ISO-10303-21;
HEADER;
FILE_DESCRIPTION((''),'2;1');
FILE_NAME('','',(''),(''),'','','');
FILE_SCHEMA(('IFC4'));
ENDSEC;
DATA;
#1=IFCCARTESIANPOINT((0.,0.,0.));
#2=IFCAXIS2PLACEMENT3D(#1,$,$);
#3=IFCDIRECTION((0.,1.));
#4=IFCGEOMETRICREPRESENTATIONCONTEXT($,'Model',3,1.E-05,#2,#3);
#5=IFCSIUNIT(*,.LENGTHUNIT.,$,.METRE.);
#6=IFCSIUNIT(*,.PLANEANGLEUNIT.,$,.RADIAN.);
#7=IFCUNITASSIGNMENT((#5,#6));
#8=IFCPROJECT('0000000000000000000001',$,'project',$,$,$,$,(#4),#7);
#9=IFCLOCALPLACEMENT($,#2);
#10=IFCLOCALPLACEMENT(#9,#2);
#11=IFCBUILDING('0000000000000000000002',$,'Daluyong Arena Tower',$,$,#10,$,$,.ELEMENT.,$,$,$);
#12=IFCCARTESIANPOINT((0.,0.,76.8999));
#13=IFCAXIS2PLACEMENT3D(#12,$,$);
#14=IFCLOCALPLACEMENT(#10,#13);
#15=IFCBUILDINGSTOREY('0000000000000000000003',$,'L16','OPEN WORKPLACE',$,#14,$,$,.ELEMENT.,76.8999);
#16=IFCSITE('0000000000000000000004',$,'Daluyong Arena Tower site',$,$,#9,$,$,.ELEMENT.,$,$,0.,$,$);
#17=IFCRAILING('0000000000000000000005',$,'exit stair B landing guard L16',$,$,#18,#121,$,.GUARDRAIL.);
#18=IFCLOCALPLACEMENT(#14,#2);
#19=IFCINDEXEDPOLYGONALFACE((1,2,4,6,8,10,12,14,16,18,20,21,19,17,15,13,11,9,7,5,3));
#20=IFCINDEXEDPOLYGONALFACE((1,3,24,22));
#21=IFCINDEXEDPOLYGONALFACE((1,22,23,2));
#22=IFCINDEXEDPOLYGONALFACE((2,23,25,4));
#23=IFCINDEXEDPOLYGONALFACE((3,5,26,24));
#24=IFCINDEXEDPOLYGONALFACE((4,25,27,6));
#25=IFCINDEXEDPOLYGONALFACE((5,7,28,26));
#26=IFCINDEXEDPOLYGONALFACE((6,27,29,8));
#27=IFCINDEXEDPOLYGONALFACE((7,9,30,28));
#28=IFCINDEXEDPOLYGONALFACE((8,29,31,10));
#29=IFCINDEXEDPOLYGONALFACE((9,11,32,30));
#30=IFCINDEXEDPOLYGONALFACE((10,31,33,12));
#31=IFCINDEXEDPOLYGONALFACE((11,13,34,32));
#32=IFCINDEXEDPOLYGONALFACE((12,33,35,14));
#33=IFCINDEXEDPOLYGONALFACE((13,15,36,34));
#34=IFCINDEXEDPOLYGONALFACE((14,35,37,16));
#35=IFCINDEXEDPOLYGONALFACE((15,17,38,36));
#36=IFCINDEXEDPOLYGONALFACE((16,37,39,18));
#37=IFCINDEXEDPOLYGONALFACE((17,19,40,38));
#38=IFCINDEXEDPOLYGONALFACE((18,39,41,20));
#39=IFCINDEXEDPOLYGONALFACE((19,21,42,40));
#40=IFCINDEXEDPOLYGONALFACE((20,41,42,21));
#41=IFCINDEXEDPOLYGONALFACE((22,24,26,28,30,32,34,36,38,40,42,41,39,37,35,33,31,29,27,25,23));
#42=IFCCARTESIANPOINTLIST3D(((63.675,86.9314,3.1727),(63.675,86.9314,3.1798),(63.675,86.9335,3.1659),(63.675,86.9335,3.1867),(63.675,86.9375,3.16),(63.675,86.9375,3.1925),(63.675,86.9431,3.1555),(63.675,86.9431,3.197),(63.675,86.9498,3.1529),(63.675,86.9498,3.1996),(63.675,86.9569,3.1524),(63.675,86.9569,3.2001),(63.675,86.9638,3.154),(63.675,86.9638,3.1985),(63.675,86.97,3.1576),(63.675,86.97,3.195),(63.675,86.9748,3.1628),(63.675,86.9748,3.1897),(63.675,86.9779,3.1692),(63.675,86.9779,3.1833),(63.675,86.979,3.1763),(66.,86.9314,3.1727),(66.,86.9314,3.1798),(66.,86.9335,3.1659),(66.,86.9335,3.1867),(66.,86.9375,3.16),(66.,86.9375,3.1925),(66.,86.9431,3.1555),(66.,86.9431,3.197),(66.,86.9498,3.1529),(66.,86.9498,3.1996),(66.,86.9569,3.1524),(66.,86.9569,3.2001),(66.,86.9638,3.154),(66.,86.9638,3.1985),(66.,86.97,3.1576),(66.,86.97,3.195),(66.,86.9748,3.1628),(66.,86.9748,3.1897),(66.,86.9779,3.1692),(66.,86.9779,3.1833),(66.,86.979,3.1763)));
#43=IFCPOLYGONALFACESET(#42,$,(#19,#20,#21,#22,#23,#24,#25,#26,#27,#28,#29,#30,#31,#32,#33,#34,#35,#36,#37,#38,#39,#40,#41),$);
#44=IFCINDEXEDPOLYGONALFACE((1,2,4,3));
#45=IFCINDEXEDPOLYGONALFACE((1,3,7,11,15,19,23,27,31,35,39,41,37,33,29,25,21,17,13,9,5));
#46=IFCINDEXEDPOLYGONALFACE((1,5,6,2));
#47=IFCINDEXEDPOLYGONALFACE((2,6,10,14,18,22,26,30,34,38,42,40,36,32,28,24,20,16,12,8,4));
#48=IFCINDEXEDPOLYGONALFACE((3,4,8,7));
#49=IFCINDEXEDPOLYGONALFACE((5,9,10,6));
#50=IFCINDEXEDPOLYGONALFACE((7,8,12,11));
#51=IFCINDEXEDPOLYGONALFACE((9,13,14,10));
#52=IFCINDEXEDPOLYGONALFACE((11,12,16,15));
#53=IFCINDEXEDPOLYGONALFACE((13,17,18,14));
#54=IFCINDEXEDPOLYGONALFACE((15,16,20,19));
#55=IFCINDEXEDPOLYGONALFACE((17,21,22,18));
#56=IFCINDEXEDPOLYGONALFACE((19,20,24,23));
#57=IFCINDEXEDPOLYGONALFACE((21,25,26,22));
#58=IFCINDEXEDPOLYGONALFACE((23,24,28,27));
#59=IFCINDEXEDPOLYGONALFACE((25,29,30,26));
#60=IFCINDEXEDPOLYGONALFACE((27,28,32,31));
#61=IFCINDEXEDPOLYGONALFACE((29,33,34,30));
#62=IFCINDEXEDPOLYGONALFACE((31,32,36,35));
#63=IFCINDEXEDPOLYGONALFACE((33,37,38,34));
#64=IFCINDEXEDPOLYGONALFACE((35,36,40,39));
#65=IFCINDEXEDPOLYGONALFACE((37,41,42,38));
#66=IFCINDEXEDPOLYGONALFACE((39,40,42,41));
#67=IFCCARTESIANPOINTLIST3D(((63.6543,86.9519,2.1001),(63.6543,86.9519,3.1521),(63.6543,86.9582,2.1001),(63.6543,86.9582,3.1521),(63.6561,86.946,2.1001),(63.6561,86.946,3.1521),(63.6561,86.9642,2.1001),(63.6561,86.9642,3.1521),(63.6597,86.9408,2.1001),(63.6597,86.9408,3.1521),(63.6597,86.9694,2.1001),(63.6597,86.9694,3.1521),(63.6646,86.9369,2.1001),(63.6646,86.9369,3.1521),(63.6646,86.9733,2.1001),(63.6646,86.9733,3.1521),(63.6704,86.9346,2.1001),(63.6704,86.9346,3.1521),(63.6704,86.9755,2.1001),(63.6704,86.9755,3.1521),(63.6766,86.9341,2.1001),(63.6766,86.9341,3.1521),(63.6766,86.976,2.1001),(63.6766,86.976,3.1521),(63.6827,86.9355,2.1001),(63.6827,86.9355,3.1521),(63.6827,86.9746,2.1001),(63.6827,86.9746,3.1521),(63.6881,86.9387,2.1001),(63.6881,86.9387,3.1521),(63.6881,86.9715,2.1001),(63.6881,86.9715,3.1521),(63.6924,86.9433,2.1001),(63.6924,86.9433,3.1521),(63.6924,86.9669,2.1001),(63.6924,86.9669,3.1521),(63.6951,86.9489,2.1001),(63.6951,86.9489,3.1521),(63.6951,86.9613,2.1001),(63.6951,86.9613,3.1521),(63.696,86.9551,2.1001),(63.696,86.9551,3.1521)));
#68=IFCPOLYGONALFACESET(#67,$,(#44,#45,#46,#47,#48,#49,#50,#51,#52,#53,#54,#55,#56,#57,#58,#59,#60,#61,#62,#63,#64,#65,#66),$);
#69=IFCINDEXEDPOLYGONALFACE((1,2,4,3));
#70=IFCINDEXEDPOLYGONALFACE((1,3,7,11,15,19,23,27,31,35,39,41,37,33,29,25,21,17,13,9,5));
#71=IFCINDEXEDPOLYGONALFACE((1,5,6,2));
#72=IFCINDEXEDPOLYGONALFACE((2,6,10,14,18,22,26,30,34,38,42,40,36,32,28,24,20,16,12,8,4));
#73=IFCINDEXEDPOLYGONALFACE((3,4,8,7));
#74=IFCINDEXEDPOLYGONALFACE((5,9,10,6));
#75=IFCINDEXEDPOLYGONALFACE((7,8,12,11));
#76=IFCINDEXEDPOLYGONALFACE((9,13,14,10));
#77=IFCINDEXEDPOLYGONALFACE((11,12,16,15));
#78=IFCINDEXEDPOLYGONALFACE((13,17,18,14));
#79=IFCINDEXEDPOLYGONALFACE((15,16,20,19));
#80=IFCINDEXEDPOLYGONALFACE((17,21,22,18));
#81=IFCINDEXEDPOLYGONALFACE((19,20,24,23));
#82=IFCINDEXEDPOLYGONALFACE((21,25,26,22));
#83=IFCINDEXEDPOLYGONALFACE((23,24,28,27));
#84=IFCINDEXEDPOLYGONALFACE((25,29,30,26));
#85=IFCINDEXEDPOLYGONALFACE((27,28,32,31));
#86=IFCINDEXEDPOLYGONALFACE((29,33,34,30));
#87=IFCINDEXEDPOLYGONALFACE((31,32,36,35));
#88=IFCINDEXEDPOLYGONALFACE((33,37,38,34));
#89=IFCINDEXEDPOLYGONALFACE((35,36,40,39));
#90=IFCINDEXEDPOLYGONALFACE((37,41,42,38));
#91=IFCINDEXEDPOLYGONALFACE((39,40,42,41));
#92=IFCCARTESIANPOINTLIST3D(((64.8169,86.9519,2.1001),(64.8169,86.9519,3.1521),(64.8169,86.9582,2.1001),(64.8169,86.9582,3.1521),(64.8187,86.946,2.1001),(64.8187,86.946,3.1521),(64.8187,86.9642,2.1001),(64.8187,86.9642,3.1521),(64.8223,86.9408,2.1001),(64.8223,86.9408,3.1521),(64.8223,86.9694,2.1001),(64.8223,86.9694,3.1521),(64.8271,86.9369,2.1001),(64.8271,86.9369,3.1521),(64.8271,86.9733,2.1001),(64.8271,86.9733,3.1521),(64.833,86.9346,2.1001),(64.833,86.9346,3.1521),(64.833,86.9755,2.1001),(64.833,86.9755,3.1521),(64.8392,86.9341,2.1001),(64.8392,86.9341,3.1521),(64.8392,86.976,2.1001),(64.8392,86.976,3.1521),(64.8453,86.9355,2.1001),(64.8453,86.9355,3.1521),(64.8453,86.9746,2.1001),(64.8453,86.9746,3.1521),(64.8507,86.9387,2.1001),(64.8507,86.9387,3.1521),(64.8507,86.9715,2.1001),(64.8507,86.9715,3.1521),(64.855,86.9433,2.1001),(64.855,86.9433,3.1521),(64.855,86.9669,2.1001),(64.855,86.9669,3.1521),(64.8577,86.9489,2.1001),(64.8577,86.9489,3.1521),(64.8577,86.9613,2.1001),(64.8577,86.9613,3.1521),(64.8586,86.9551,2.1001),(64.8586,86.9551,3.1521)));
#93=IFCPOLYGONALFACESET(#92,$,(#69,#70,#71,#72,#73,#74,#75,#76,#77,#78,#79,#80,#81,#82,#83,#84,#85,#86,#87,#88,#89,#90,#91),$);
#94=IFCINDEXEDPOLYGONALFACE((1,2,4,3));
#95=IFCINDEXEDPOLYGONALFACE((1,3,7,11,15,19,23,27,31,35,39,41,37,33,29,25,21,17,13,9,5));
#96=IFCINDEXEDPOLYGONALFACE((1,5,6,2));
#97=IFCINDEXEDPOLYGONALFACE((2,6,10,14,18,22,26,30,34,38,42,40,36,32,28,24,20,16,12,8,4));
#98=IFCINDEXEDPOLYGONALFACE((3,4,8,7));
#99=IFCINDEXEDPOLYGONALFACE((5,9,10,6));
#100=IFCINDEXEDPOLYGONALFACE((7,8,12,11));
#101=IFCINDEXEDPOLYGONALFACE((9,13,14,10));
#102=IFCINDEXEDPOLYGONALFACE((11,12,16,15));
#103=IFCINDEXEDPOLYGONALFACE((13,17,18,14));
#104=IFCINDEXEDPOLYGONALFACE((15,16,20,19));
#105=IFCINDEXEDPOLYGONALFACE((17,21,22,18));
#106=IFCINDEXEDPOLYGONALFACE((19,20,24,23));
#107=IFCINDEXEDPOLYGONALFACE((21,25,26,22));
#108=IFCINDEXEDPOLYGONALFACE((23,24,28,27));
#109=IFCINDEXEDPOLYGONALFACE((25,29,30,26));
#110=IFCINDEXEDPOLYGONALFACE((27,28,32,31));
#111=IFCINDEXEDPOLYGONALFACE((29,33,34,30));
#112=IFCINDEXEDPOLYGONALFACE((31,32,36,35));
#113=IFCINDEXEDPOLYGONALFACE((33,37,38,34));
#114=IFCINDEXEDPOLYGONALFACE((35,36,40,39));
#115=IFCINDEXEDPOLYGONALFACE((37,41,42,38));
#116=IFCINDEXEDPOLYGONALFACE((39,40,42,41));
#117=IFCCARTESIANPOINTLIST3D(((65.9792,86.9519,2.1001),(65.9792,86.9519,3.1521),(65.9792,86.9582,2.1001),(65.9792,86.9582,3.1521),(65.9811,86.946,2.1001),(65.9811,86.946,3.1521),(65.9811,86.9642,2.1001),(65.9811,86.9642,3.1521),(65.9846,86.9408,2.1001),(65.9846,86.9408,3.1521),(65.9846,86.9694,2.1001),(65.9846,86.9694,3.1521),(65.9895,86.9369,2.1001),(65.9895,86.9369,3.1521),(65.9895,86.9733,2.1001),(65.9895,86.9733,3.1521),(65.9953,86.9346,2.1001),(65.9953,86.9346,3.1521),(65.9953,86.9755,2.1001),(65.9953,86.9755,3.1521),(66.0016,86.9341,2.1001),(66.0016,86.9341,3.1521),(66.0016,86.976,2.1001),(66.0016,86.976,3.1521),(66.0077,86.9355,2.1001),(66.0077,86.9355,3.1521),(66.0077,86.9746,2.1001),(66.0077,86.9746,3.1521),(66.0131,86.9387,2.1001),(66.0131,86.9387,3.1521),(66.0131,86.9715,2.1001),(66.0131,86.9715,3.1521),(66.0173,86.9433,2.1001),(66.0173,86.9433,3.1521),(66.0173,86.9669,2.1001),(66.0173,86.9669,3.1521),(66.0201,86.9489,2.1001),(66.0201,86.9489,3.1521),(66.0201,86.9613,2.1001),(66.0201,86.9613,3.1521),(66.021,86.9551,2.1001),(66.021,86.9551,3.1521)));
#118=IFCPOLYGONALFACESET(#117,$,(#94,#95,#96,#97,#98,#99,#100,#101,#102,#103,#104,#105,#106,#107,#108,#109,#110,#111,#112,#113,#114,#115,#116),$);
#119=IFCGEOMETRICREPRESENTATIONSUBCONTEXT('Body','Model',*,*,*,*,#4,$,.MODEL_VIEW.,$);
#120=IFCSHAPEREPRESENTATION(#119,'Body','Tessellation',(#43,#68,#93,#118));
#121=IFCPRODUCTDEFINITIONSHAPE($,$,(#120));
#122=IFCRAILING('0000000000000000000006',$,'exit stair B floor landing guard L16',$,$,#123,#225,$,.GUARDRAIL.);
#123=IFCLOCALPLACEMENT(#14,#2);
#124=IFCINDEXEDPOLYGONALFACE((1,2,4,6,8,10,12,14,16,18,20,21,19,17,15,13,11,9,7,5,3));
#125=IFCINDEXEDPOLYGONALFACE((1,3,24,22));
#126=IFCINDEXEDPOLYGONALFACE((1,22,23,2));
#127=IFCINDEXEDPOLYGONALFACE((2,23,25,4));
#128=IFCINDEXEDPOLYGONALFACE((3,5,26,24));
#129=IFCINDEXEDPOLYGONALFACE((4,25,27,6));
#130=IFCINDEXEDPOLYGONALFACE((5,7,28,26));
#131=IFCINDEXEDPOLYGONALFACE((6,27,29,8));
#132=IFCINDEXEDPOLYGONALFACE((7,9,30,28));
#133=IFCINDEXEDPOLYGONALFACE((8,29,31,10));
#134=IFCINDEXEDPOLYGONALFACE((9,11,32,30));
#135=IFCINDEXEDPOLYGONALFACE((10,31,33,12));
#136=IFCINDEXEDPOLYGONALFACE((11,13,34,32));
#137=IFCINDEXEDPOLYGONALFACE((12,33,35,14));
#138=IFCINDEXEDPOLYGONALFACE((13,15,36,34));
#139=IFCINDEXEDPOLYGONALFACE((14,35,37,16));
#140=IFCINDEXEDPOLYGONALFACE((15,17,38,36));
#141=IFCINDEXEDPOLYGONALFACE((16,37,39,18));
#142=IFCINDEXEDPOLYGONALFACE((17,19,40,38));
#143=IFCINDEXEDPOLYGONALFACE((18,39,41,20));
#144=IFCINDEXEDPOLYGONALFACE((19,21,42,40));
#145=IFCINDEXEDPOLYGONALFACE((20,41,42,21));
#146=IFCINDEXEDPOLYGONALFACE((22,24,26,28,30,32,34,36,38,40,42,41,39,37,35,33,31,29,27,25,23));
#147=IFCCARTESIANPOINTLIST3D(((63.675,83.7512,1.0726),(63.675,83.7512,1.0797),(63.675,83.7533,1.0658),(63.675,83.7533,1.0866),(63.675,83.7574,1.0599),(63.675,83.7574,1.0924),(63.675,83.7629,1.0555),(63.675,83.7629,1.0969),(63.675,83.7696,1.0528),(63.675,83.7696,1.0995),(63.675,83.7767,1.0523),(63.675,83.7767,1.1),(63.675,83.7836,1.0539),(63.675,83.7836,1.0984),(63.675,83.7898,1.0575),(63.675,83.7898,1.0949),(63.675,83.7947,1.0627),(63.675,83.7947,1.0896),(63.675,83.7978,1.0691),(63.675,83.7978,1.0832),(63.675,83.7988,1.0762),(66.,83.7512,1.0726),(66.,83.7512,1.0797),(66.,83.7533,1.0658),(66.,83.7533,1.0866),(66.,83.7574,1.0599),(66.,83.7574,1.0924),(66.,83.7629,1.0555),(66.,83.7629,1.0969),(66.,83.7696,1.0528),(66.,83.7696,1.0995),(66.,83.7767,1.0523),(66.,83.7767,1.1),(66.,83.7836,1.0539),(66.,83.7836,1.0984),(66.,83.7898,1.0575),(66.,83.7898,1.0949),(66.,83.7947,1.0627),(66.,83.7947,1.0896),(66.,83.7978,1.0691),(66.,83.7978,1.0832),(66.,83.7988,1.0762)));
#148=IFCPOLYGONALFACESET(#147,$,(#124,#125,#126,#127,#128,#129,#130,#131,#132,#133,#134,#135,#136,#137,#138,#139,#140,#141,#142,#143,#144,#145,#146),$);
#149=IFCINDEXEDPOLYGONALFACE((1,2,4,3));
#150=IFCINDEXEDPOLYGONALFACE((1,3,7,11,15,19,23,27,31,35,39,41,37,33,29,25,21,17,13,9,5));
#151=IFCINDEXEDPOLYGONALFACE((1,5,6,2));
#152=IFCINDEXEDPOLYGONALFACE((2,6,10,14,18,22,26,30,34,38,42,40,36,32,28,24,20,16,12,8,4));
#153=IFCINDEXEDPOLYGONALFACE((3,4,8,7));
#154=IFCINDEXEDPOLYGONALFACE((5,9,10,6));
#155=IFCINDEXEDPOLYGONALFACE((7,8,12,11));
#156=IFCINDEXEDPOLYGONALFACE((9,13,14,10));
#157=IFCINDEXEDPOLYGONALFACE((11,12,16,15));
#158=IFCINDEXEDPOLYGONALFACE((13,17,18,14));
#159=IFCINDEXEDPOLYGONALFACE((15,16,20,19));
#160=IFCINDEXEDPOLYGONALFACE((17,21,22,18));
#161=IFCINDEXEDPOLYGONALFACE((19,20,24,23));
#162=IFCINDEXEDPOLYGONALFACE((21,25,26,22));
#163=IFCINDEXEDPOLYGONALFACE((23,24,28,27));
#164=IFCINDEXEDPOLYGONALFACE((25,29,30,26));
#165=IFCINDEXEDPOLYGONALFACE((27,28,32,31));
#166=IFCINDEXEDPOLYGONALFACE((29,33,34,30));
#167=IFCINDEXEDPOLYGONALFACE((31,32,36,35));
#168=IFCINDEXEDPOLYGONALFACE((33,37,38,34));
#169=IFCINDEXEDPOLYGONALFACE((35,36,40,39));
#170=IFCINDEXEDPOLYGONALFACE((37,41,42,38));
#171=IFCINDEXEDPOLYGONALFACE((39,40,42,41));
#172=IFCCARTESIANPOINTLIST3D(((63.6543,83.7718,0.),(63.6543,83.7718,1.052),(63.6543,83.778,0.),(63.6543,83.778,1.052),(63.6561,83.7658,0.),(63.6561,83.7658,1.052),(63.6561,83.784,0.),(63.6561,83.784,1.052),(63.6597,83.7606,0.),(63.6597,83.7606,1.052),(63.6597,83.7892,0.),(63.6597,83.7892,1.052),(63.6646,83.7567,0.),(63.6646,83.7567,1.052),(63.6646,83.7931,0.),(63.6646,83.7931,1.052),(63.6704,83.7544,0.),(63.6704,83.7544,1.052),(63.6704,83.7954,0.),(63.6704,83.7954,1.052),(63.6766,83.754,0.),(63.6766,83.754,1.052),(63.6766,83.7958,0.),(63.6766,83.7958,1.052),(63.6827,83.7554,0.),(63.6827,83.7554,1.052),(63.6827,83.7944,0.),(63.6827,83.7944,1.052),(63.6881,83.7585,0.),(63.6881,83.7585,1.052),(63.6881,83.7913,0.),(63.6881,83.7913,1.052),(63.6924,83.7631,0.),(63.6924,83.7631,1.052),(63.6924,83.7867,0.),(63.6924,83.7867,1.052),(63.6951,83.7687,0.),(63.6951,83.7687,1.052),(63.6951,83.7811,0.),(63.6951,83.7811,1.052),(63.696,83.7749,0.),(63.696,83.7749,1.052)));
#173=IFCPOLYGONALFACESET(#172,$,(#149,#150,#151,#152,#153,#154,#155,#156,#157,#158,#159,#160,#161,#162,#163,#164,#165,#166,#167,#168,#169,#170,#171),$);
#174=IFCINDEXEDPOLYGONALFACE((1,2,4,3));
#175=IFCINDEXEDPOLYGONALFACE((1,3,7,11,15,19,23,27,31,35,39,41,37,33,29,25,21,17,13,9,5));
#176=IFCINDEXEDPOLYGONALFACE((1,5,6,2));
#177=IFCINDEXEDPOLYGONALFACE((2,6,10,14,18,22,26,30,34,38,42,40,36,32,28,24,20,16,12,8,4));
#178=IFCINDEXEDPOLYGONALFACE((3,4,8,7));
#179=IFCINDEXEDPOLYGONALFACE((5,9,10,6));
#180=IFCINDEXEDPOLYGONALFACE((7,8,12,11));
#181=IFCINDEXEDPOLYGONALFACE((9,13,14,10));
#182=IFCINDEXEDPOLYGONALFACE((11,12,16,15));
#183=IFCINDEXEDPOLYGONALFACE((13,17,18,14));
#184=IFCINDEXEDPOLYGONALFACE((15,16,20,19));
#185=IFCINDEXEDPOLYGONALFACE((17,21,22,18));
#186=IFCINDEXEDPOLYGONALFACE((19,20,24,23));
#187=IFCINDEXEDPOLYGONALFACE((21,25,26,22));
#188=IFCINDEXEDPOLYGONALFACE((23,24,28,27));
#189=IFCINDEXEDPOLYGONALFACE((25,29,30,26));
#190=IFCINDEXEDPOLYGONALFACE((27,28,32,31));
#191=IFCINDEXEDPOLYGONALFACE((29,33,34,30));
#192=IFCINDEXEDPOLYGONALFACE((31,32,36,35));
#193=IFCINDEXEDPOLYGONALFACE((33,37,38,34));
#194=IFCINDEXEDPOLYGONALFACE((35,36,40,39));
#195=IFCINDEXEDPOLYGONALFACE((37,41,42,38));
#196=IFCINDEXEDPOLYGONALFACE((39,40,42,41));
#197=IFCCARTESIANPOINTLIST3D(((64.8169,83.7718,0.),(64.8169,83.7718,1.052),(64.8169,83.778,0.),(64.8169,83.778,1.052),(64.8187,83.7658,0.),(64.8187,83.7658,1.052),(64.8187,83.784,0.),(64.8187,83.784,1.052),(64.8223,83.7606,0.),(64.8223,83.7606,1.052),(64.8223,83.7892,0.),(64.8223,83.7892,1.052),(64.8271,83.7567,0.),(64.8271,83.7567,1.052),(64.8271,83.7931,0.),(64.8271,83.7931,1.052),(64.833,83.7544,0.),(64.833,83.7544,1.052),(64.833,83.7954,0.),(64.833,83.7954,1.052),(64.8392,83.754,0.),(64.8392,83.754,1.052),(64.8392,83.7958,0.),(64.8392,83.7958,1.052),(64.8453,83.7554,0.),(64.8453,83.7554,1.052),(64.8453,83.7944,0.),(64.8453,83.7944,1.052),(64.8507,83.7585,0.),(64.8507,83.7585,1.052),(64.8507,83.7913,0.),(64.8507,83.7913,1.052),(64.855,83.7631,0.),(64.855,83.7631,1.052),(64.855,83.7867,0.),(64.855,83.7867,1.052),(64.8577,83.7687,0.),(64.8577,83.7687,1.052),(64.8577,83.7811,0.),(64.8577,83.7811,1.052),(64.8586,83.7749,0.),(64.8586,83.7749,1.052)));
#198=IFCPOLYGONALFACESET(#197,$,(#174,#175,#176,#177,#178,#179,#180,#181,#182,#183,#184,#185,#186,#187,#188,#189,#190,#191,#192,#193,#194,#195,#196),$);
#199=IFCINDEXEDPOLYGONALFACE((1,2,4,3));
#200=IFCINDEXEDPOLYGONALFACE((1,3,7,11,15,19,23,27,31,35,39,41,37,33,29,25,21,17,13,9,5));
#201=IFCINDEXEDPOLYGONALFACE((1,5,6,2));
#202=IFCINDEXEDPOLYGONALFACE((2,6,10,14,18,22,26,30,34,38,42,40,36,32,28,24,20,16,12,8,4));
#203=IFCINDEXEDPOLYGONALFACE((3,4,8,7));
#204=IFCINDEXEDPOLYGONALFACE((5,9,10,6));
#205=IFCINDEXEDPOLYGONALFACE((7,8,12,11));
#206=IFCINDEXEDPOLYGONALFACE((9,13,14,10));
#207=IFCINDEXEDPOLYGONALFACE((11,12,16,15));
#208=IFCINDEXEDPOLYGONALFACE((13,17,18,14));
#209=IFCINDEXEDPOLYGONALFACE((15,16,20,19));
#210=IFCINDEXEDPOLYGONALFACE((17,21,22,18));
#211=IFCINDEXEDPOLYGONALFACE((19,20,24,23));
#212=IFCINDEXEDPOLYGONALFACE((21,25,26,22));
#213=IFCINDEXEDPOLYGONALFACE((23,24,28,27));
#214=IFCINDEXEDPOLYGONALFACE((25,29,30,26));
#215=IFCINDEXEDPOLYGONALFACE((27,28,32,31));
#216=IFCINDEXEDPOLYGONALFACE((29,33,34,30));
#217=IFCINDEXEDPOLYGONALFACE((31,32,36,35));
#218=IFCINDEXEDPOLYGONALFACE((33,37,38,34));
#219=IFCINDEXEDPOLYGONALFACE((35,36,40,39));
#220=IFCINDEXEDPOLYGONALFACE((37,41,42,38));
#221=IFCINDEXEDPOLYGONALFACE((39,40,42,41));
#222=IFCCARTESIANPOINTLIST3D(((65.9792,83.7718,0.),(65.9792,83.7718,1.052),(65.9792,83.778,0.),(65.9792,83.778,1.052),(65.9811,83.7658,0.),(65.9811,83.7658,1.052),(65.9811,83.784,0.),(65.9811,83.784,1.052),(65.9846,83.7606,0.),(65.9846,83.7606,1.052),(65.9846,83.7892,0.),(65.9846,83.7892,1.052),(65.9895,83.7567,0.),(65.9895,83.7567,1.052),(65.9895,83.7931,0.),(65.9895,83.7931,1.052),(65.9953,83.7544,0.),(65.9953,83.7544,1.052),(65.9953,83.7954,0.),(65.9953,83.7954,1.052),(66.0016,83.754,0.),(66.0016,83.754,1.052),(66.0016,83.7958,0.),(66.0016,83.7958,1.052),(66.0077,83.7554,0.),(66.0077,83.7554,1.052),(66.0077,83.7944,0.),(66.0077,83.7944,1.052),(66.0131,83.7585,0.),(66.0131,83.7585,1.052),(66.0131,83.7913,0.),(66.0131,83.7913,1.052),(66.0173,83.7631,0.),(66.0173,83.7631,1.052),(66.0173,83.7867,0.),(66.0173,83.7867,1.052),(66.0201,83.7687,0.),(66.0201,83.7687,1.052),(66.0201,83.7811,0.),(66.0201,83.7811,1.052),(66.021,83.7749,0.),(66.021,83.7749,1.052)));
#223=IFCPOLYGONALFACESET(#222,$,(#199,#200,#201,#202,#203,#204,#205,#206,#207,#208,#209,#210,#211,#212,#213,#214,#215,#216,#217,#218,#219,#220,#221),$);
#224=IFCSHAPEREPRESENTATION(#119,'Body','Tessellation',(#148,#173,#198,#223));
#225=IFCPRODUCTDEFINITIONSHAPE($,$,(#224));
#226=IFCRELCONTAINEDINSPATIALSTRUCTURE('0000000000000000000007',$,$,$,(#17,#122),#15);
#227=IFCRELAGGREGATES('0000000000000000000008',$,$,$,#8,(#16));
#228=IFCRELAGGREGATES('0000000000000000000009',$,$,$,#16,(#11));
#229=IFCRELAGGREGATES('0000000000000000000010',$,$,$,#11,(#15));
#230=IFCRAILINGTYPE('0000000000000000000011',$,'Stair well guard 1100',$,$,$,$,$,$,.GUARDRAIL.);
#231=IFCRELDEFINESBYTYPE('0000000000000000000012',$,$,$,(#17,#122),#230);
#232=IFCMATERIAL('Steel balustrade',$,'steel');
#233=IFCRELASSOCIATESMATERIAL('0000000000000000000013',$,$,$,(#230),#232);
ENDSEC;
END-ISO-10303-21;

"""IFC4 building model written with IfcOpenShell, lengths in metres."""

from ifc_helpers import new_model, si_unit, direction, frame, origin, origin_2d, place, context, subcontext, project, spatial, circle, extrude, material, type_object, element, save


model = new_model("IFC4")

# Units and contexts
model_context = context("Model", 3, precision=1e-05, world=origin(), true_north=direction((0.0, 1.0)))
body_context = subcontext(model_context, "Body", "Model", "MODEL_VIEW")
ifc_project = project(units=[si_unit("LENGTHUNIT", "METRE"), si_unit("PLANEANGLEUNIT", "RADIAN")], contexts=[model_context])

# Site, building, storey
site_placement = place(None, origin())
site = spatial("IfcSite", under=ifc_project, at=site_placement, Name="Daluyong Arena Tower site", CompositionType="ELEMENT", RefElevation=0.0)
building_placement = place(site_placement, origin())
building = spatial("IfcBuilding", under=site, at=building_placement, Name="Daluyong Arena Tower", CompositionType="ELEMENT")
storey_placement = place(building_placement, frame((0.0, 0.0, 76.8999)))
storey = spatial("IfcBuildingStorey", under=building, at=storey_placement, Name="L16", Description="OPEN WORKPLACE", CompositionType="ELEMENT", Elevation=76.8999)

# Railings
ifc_material_1 = material(Name="Steel balustrade", Category="steel")
railing_type_1 = type_object("IfcRailingType", Name="Stair well guard 1100", PredefinedType="GUARDRAIL", material=ifc_material_1)
for number, where, name in (
    (1, (63.675, 86.9551, 2.1001), "exit stair B landing guard L16"),
    (2, (63.675, 83.7749, 0.0), "exit stair B floor landing guard L16"),
):
    element("IfcRailing", number, at=place(storey_placement, frame(where)), inside=storey, type_object=railing_type_1, Name=name, PredefinedType="GUARDRAIL", context=body_context, shape_type="SweptSolid", body=[
        extrude(circle(Radius=0.0239, at=origin_2d()), frame((0.0, 0.0, 1.0762), z_axis=(1.0, 0.0, 0.0), x_axis=(0.0, 1.0, 0.0)), (0.0, 0.0, 1.0), 2.325),
        extrude(circle(Radius=0.021, at=origin_2d()), origin(), (0.0, 0.0, 1.0), 1.052),
        extrude(circle(Radius=0.021, at=origin_2d()), frame((1.1626, 0.0, 0.0)), (0.0, 0.0, 1.0), 1.052),
        extrude(circle(Radius=0.021, at=origin_2d()), frame((2.325, 0.0, 0.0)), (0.0, 0.0, 1.0), 1.052),
    ])

save(model, "model.ifc")
